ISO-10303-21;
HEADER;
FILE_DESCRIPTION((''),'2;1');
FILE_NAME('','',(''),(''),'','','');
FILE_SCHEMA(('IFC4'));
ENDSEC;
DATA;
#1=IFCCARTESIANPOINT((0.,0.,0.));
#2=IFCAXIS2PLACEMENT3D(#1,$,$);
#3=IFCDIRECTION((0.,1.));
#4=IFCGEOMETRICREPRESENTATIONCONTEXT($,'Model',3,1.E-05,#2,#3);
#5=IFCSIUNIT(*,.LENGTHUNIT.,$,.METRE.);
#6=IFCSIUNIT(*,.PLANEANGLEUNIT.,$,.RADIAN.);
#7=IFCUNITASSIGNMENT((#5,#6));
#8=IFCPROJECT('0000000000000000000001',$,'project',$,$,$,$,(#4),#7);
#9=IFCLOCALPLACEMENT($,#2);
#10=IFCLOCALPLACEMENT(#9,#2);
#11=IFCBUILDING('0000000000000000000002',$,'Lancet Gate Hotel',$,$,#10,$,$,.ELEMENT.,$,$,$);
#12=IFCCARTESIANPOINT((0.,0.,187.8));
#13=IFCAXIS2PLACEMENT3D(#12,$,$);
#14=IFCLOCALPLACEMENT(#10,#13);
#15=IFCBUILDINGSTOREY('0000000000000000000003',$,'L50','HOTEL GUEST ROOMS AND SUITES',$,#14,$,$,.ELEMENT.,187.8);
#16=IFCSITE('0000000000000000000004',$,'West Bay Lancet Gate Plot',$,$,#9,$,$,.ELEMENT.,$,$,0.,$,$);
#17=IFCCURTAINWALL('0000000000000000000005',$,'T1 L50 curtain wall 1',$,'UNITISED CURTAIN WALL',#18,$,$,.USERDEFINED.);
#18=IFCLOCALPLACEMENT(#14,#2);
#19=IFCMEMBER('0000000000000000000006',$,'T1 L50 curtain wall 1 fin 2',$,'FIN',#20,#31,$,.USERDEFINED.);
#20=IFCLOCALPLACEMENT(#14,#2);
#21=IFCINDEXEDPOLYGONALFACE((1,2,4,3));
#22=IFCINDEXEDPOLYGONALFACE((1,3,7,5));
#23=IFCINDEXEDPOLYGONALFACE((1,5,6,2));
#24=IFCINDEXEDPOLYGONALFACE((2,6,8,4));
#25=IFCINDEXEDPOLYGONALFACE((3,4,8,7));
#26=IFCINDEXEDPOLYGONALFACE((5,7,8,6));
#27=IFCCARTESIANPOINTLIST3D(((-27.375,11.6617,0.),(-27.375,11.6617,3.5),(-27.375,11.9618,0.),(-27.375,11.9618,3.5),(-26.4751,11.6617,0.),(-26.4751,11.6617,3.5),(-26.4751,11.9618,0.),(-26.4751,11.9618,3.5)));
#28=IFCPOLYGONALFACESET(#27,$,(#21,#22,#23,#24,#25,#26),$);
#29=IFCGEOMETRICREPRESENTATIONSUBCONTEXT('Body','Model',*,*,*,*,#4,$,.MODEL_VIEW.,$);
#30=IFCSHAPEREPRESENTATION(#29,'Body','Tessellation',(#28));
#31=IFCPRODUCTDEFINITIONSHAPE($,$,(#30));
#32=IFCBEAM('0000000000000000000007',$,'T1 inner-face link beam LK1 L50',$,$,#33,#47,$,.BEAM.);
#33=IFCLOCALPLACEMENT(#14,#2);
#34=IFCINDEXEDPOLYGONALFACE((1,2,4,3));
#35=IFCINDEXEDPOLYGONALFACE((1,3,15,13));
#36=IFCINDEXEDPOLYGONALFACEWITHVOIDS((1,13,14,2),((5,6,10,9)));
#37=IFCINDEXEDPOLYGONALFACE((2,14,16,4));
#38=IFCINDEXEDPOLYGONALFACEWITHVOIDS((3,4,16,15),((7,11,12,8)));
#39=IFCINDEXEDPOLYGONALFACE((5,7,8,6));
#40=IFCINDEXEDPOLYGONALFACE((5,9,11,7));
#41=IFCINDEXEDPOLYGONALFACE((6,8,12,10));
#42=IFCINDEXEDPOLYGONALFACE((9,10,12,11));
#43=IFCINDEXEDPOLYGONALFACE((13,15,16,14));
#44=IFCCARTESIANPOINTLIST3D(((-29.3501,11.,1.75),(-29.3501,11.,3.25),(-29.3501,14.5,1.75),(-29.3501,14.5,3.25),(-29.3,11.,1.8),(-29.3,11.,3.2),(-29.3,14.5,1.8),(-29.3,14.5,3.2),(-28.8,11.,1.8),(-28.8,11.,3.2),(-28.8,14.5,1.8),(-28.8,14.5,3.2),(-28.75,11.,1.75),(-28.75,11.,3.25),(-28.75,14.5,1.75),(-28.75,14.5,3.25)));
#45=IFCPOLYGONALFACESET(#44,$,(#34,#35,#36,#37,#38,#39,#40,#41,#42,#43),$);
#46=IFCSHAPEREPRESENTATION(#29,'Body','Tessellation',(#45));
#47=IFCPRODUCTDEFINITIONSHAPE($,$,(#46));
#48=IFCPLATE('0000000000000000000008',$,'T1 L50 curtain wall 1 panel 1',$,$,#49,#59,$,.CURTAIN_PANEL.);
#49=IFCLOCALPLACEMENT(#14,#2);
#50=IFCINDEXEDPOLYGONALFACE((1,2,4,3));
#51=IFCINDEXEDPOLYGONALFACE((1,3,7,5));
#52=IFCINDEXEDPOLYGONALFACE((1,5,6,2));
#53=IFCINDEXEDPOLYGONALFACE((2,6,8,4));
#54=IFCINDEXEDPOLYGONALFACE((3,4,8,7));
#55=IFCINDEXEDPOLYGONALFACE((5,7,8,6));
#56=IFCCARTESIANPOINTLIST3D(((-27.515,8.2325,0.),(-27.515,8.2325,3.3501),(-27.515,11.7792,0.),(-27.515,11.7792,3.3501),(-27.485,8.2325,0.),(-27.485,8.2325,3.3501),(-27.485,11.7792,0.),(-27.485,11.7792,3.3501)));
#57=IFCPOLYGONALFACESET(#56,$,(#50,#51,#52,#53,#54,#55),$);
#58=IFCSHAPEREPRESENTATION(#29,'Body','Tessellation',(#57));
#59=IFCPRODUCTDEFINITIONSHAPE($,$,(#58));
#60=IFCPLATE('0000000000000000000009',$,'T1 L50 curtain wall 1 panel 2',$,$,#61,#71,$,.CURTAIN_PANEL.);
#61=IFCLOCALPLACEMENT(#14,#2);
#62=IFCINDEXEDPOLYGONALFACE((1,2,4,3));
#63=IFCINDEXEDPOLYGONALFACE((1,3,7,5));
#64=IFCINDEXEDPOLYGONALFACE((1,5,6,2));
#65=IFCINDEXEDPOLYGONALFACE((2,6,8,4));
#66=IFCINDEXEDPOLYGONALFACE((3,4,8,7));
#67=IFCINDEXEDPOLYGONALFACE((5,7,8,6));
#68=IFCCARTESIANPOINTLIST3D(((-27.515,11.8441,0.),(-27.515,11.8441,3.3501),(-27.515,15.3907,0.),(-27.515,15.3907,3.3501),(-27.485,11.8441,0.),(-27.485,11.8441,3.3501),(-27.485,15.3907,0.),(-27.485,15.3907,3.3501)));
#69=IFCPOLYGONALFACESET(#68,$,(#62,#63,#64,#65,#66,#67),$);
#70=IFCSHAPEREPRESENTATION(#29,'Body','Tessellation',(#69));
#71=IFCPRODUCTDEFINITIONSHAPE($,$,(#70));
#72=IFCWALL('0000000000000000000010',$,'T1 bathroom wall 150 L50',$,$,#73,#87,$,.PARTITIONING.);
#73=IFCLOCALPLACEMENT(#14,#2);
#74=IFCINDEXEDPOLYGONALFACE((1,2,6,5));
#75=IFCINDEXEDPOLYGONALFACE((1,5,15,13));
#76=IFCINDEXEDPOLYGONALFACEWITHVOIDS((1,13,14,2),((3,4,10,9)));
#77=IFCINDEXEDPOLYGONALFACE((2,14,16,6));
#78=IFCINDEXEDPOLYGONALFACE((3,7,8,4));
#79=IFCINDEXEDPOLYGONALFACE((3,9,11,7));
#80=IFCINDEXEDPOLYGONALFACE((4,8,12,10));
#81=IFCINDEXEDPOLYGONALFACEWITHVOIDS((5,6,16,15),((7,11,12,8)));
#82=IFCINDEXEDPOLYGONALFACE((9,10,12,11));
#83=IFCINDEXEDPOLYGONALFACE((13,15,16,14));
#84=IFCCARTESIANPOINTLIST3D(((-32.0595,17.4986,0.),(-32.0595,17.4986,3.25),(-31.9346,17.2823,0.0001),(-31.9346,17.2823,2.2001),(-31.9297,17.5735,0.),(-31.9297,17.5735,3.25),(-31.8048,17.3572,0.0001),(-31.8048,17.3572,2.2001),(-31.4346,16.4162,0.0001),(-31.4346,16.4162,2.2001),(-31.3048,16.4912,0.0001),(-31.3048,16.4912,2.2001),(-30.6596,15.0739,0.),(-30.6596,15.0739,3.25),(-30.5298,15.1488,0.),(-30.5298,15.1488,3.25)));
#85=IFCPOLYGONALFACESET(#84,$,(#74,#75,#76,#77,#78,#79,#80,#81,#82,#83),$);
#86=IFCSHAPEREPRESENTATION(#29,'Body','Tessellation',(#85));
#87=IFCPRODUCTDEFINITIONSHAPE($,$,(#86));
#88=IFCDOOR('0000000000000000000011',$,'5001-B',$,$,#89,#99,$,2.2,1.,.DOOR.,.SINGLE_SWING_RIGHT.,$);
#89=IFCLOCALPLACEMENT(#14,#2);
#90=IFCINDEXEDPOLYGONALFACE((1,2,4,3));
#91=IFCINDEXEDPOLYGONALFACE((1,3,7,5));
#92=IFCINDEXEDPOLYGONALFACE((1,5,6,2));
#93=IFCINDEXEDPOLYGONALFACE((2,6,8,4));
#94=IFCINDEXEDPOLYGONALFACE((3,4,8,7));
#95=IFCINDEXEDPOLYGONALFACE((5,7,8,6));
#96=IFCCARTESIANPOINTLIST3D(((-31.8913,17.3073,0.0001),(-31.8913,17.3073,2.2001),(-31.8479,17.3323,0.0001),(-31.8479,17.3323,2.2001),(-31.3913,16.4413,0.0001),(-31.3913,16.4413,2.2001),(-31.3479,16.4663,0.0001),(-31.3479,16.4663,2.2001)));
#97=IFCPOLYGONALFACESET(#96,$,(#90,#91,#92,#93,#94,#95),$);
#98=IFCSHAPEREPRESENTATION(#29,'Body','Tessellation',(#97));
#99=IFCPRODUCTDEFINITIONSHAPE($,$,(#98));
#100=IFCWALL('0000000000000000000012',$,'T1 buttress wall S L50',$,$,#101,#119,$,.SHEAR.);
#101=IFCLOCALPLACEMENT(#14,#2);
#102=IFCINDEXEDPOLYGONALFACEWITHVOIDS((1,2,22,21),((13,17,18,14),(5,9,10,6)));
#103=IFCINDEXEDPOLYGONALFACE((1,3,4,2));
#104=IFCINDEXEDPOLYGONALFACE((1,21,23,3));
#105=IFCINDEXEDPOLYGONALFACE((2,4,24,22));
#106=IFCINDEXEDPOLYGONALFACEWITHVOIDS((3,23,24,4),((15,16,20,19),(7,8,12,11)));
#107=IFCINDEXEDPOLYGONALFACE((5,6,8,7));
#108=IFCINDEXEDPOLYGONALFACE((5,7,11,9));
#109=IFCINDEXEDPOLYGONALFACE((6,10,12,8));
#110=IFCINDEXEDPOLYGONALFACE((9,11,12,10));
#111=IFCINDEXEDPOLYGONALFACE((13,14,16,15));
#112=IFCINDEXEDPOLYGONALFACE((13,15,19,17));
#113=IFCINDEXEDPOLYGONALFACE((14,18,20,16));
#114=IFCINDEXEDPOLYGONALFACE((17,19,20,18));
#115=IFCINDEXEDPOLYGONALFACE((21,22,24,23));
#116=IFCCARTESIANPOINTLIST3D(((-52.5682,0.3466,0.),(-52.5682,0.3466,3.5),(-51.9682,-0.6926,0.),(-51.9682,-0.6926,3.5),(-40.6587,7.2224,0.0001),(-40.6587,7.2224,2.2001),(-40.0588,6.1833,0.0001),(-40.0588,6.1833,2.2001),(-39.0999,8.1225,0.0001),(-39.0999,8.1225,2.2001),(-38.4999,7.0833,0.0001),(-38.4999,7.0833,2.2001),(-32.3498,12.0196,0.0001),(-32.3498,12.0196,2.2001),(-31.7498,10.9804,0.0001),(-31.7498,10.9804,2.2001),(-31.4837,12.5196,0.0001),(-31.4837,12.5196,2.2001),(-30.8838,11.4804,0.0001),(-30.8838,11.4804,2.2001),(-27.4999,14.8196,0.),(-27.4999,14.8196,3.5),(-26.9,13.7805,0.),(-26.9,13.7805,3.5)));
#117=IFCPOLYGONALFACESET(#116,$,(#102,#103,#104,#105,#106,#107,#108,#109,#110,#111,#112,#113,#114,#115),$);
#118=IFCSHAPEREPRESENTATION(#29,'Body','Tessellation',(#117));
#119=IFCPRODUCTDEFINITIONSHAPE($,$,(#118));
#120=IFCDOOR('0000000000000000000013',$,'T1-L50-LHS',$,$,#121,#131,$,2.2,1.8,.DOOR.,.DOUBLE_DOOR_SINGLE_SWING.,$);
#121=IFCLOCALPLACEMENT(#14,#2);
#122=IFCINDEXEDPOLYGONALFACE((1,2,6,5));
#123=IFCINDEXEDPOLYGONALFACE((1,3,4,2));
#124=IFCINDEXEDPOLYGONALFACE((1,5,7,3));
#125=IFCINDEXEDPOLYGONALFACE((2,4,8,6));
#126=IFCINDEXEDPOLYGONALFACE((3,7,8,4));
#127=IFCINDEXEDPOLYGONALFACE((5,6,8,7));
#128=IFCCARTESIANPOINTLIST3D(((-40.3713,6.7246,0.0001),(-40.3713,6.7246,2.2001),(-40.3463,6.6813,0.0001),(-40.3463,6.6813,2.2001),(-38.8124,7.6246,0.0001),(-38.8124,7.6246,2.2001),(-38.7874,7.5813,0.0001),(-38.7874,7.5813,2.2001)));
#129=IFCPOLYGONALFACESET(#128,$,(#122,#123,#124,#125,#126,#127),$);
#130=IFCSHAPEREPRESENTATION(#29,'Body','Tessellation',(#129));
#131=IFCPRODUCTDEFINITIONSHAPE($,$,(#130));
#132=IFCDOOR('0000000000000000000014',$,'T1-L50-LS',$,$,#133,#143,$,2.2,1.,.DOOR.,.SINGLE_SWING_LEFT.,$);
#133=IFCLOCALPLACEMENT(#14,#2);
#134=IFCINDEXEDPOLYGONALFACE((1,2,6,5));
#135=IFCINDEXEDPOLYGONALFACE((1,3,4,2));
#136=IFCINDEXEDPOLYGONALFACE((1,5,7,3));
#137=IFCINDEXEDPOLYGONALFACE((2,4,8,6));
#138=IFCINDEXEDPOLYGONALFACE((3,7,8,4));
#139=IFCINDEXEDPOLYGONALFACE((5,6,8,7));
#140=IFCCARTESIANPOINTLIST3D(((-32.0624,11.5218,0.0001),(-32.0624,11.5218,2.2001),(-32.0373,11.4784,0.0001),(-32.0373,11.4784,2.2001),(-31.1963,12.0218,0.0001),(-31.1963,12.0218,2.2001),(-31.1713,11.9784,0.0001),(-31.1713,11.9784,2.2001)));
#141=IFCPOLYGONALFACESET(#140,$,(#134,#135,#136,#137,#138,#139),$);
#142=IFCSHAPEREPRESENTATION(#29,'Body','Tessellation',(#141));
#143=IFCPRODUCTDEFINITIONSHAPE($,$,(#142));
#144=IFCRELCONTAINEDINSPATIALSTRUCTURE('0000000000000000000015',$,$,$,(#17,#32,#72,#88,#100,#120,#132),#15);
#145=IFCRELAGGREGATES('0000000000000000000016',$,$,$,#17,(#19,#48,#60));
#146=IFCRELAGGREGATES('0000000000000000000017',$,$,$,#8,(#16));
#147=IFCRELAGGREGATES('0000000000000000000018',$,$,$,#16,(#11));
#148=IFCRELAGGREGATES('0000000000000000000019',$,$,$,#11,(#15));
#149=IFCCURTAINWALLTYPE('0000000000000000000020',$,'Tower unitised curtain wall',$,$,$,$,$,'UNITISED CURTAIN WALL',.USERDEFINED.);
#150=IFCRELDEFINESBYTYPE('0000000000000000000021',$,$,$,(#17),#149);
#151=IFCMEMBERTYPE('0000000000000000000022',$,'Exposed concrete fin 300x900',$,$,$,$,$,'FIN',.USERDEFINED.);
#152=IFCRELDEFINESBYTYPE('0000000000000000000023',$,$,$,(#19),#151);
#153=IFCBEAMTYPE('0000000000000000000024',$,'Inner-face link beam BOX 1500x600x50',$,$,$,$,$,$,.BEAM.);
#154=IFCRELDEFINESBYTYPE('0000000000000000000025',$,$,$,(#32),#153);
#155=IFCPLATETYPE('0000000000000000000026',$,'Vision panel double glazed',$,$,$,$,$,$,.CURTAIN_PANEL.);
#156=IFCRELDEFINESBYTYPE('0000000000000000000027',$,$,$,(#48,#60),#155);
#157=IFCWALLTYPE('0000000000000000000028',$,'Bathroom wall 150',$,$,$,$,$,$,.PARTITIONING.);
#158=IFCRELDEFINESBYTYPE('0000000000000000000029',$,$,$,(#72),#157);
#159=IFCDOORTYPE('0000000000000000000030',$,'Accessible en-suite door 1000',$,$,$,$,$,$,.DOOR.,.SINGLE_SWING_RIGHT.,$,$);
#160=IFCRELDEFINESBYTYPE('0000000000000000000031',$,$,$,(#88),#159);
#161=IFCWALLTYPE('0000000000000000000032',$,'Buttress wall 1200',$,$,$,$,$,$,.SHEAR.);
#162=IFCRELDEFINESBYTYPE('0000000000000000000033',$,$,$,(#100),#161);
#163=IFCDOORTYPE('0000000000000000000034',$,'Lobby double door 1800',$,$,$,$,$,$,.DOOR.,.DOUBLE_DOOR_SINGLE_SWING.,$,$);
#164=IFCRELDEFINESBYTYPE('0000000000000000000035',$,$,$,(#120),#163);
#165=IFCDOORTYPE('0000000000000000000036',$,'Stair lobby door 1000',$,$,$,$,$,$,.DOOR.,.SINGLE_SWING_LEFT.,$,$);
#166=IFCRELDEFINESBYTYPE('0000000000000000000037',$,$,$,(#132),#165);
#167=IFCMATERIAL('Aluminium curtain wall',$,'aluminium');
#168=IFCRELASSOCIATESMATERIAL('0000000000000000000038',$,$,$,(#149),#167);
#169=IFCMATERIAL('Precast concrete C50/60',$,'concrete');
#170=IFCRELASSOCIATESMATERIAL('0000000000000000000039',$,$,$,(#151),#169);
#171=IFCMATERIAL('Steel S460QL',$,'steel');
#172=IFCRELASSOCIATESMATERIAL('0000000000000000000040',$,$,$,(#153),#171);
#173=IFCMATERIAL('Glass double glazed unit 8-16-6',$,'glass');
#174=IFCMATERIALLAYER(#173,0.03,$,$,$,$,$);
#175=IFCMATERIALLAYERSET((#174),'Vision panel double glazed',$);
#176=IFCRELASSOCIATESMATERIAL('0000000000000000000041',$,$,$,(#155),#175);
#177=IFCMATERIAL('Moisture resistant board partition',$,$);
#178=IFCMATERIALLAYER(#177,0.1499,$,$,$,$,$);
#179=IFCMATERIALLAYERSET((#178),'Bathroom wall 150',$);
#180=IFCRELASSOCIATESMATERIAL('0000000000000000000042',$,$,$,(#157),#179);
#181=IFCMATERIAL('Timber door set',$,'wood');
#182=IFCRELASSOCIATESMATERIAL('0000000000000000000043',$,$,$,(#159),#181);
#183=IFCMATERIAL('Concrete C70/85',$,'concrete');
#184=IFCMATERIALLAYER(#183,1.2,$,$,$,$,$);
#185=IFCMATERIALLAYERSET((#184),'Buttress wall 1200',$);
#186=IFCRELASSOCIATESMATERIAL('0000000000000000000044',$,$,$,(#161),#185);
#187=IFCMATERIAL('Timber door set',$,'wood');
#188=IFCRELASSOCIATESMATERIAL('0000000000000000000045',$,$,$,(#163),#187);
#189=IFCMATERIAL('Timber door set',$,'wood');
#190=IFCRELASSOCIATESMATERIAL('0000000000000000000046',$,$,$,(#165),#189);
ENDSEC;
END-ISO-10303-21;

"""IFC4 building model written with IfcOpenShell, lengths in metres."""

from ifc_helpers import new_model, si_unit, direction, frame, frame_2d, origin, origin_2d, place, context, subcontext, project, spatial, rectangle, hollow_rectangle, extrude, material, layer, layer_set, material_profile, profile_set, type_object, element, fill, aggregate, save


model = new_model("IFC4")

# Units and contexts
model_context = context("Model", 3, precision=1e-05, world=origin(), true_north=direction((0.0, 1.0)))
body_context = subcontext(model_context, "Body", "Model", "MODEL_VIEW")
ifc_project = project(units=[si_unit("LENGTHUNIT", "METRE"), si_unit("PLANEANGLEUNIT", "RADIAN")], contexts=[model_context])

# Site, building, storey
site_placement = place(None, origin())
site = spatial("IfcSite", under=ifc_project, at=site_placement, Name="West Bay Lancet Gate Plot", CompositionType="ELEMENT", RefElevation=0.0)
building_placement = place(site_placement, origin())
building = spatial("IfcBuilding", under=site, at=building_placement, Name="Lancet Gate Hotel", CompositionType="ELEMENT")
storey_placement = place(building_placement, frame((0.0, 0.0, 187.8)))
storey = spatial("IfcBuildingStorey", under=building, at=storey_placement, Name="L50", Description="HOTEL GUEST ROOMS AND SUITES", CompositionType="ELEMENT", Elevation=187.8)

# Curtain wall, member
ifc_material_1 = material(Name="Aluminium curtain wall", Category="aluminium")
curtain_wall_type = type_object("IfcCurtainWallType", Name="Tower unitised curtain wall", ElementType="UNITISED CURTAIN WALL", PredefinedType="USERDEFINED", material=ifc_material_1)
curtain_wall_placement = place(storey_placement, origin())
curtain_wall = element("IfcCurtainWall", 1, at=curtain_wall_placement, inside=storey, type_object=curtain_wall_type, Name="T1 L50 curtain wall 1", ObjectType="UNITISED CURTAIN WALL", PredefinedType="USERDEFINED")
ifc_material_2 = material(Name="Precast concrete C50/60", Category="concrete")
ifc_material_profile_1 = material_profile(ifc_material_2, rectangle(XDim=0.3, YDim=0.8999, at=origin_2d()), Name="FIN 300x900")
ifc_profile_set_1 = profile_set([ifc_material_profile_1], Name="Precast concrete C50/60")
member_type_1 = type_object("IfcMemberType", Name="Exposed concrete fin 300x900", ElementType="FIN", PredefinedType="USERDEFINED", material=ifc_profile_set_1)
member_1_placement = place(storey_placement, frame((-26.925, 11.8118, 0.0), z_axis=(0.0, 0.0, 1.0), x_axis=(0.0, 1.0, 0.0)))
member_1 = element("IfcMember", 2, at=member_1_placement, type_object=member_type_1, Name="T1 L50 curtain wall 1 fin 2", ObjectType="FIN", PredefinedType="USERDEFINED", context=body_context, shape_type="SweptSolid", body=[
    extrude(rectangle(XDim=0.3, YDim=0.8999, at=origin_2d()), origin(), (0.0, 0.0, 1.0), 3.5),
])

# Beam
ifc_material_3 = material(Name="Steel S460QL", Category="steel")
ifc_material_profile_2 = material_profile(ifc_material_3, hollow_rectangle(XDim=0.6001, YDim=1.5, WallThickness=0.05, at=origin_2d()), Name="BOX 1500x600x50")
ifc_profile_set_2 = profile_set([ifc_material_profile_2], Name="Steel S460QL")
beam_type = type_object("IfcBeamType", Name="Inner-face link beam BOX 1500x600x50", PredefinedType="BEAM", material=ifc_profile_set_2)
beam_placement = place(storey_placement, frame((-29.05, 14.5, 2.5), z_axis=(0.0, -1.0, 0.0), x_axis=(1.0, 0.0, 0.0)))
element("IfcBeam", 3, at=beam_placement, inside=storey, type_object=beam_type, Name="T1 inner-face link beam LK1 L50", PredefinedType="BEAM", context=body_context, shape_type="SweptSolid", body=[
    extrude(hollow_rectangle(XDim=0.6001, YDim=1.5, WallThickness=0.05, at=origin_2d()), origin(), (0.0, 0.0, 1.0), 3.5),
])

# Plates
ifc_material_4 = material(Name="Glass double glazed unit 8-16-6", Category="glass")
ifc_layer_1 = layer(ifc_material_4, 0.03)
ifc_layer_set_1 = layer_set([ifc_layer_1], Name="Vision panel double glazed")
plate_type = type_object("IfcPlateType", Name="Vision panel double glazed", PredefinedType="CURTAIN_PANEL", material=ifc_layer_set_1)
plate_1_placement = place(storey_placement, frame((-27.5, 10.0059, 0.0), z_axis=(0.0, 0.0, 1.0), x_axis=(0.0, 1.0, 0.0)))
plate_1 = element("IfcPlate", 4, at=plate_1_placement, type_object=plate_type, Name="T1 L50 curtain wall 1 panel 1", PredefinedType="CURTAIN_PANEL", context=body_context, shape_type="SweptSolid", body=[
    extrude(rectangle(XDim=3.5466, YDim=0.03, at=origin_2d()), origin(), (0.0, 0.0, 1.0), 3.3501),
])
plate_2_placement = place(storey_placement, frame((-27.5, 13.6174, 0.0), z_axis=(0.0, 0.0, 1.0), x_axis=(0.0, 1.0, 0.0)))
plate_2 = element("IfcPlate", 5, at=plate_2_placement, type_object=plate_type, Name="T1 L50 curtain wall 1 panel 2", PredefinedType="CURTAIN_PANEL", context=body_context, shape_type="SweptSolid", body=[
    extrude(rectangle(XDim=3.5466, YDim=0.03, at=origin_2d()), origin(), (0.0, 0.0, 1.0), 3.3501),
])
aggregate(curtain_wall, [member_1, plate_1, plate_2])

# Wall, opening, door
ifc_material_5 = material(Name="Moisture resistant board partition")
ifc_layer_2 = layer(ifc_material_5, 0.1499)
ifc_layer_set_2 = layer_set([ifc_layer_2], Name="Bathroom wall 150")
wall_type_1 = type_object("IfcWallType", Name="Bathroom wall 150", PredefinedType="PARTITIONING", material=ifc_layer_set_2)
wall_1_placement = place(storey_placement, frame((-30.5947, 15.1113, 0.0), z_axis=(0.0, 0.0, 1.0), x_axis=(-0.499984, 0.866035, 0.0)))
wall_1 = element("IfcWall", 6, at=wall_1_placement, inside=storey, type_object=wall_type_1, Name="T1 bathroom wall 150 L50", PredefinedType="PARTITIONING", context=body_context, shape_type="SweptSolid", body=[
    extrude(rectangle(XDim=2.7998, YDim=0.1499, at=frame_2d((1.3999, 0.0))), origin(), (0.0, 0.0, 1.0), 3.25),
])
opening_1_placement = place(wall_1_placement, frame((1.55, 0.0, 0.0)))
opening_1 = element("IfcOpeningElement", 7, at=opening_1_placement, cuts=wall_1, PredefinedType="OPENING", context=body_context, shape_type="SweptSolid", body=[
    extrude(rectangle(XDim=1.0, YDim=2.2, at=frame_2d((0.5, 1.1001))), frame((0.0, 0.085, 0.0), z_axis=(0.0, -1.0, 0.0), x_axis=(1.0, 0.0, 0.0)), (0.0, 0.0, 1.0), 0.1699),
])
ifc_material_6 = material(Name="Timber door set", Category="wood")
door_type_1 = type_object("IfcDoorType", Name="Accessible en-suite door 1000", OperationType="SINGLE_SWING_RIGHT", PredefinedType="DOOR", material=ifc_material_6)
door_1_placement = place(opening_1_placement, origin())
door_1 = element("IfcDoor", 8, at=door_1_placement, inside=storey, type_object=door_type_1, Name="5001-B", OperationType="SINGLE_SWING_RIGHT", OverallHeight=2.2, OverallWidth=1.0, PredefinedType="DOOR", context=body_context, shape_type="SweptSolid", body=[
    extrude(rectangle(XDim=1.0, YDim=2.2, at=frame_2d((0.5, 1.1001))), frame((0.0, 0.0249, 0.0), z_axis=(0.0, -1.0, 0.0), x_axis=(1.0, 0.0, 0.0)), (0.0, 0.0, 1.0), 0.05),
])
fill(opening_1, door_1)

# Wall, openings, doors
ifc_material_7 = material(Name="Concrete C70/85", Category="concrete")
ifc_layer_3 = layer(ifc_material_7, 1.2)
ifc_layer_set_3 = layer_set([ifc_layer_3], Name="Buttress wall 1200")
wall_type_2 = type_object("IfcWallType", Name="Buttress wall 1200", PredefinedType="SHEAR", material=ifc_layer_set_3)
wall_2_placement = place(storey_placement, frame((-27.2, 14.3, 0.0), z_axis=(0.0, 0.0, 1.0), x_axis=(-0.866027, -0.499998, 0.0)))
wall_2 = element("IfcWall", 9, at=wall_2_placement, inside=storey, type_object=wall_type_2, Name="T1 buttress wall S L50", PredefinedType="SHEAR", context=body_context, shape_type="SweptSolid", body=[
    extrude(rectangle(XDim=28.9463, YDim=1.2, at=frame_2d((14.4731, 0.0))), origin(), (0.0, 0.0, 1.0), 3.5),
])
opening_2_placement = place(wall_2_placement, frame((4.6001, 0.0, 0.0)))
opening_2 = element("IfcOpeningElement", 10, at=opening_2_placement, cuts=wall_2, PredefinedType="OPENING", context=body_context, shape_type="SweptSolid", body=[
    extrude(rectangle(XDim=1.0, YDim=2.2, at=frame_2d((0.5, 1.1001))), frame((0.0, 0.6099, 0.0), z_axis=(0.0, -1.0, 0.0), x_axis=(1.0, 0.0, 0.0)), (0.0, 0.0, 1.0), 1.22),
])
opening_3_placement = place(wall_2_placement, frame((13.3945, 0.0, 0.0)))
opening_3 = element("IfcOpeningElement", 11, at=opening_3_placement, cuts=wall_2, PredefinedType="OPENING", context=body_context, shape_type="SweptSolid", body=[
    extrude(rectangle(XDim=1.8, YDim=2.2, at=frame_2d((0.8999, 1.1001))), frame((0.0, 0.6099, 0.0), z_axis=(0.0, -1.0, 0.0), x_axis=(1.0, 0.0, 0.0)), (0.0, 0.0, 1.0), 1.22),
])
ifc_material_8 = material(Name="Timber door set", Category="wood")
door_type_2 = type_object("IfcDoorType", Name="Lobby double door 1800", OperationType="DOUBLE_DOOR_SINGLE_SWING", PredefinedType="DOOR", material=ifc_material_8)
door_2_placement = place(opening_3_placement, origin())
door_2 = element("IfcDoor", 12, at=door_2_placement, inside=storey, type_object=door_type_2, Name="T1-L50-LHS", OperationType="DOUBLE_DOOR_SINGLE_SWING", OverallHeight=2.2, OverallWidth=1.8, PredefinedType="DOOR", context=body_context, shape_type="SweptSolid", body=[
    extrude(rectangle(XDim=1.8, YDim=2.2, at=frame_2d((0.8999, 1.1001))), frame((0.0, 0.0249, 0.0), z_axis=(0.0, -1.0, 0.0), x_axis=(1.0, 0.0, 0.0)), (0.0, 0.0, 1.0), 0.05),
])
fill(opening_3, door_2)
ifc_material_9 = material(Name="Timber door set", Category="wood")
door_type_3 = type_object("IfcDoorType", Name="Stair lobby door 1000", OperationType="SINGLE_SWING_LEFT", PredefinedType="DOOR", material=ifc_material_9)
door_3_placement = place(opening_2_placement, origin())
door_3 = element("IfcDoor", 13, at=door_3_placement, inside=storey, type_object=door_type_3, Name="T1-L50-LS", OperationType="SINGLE_SWING_LEFT", OverallHeight=2.2, OverallWidth=1.0, PredefinedType="DOOR", context=body_context, shape_type="SweptSolid", body=[
    extrude(rectangle(XDim=1.0, YDim=2.2, at=frame_2d((0.5, 1.1001))), frame((0.0, 0.0249, 0.0), z_axis=(0.0, -1.0, 0.0), x_axis=(1.0, 0.0, 0.0)), (0.0, 0.0, 1.0), 0.05),
])
fill(opening_2, door_3)

save(model, "model.ifc")
